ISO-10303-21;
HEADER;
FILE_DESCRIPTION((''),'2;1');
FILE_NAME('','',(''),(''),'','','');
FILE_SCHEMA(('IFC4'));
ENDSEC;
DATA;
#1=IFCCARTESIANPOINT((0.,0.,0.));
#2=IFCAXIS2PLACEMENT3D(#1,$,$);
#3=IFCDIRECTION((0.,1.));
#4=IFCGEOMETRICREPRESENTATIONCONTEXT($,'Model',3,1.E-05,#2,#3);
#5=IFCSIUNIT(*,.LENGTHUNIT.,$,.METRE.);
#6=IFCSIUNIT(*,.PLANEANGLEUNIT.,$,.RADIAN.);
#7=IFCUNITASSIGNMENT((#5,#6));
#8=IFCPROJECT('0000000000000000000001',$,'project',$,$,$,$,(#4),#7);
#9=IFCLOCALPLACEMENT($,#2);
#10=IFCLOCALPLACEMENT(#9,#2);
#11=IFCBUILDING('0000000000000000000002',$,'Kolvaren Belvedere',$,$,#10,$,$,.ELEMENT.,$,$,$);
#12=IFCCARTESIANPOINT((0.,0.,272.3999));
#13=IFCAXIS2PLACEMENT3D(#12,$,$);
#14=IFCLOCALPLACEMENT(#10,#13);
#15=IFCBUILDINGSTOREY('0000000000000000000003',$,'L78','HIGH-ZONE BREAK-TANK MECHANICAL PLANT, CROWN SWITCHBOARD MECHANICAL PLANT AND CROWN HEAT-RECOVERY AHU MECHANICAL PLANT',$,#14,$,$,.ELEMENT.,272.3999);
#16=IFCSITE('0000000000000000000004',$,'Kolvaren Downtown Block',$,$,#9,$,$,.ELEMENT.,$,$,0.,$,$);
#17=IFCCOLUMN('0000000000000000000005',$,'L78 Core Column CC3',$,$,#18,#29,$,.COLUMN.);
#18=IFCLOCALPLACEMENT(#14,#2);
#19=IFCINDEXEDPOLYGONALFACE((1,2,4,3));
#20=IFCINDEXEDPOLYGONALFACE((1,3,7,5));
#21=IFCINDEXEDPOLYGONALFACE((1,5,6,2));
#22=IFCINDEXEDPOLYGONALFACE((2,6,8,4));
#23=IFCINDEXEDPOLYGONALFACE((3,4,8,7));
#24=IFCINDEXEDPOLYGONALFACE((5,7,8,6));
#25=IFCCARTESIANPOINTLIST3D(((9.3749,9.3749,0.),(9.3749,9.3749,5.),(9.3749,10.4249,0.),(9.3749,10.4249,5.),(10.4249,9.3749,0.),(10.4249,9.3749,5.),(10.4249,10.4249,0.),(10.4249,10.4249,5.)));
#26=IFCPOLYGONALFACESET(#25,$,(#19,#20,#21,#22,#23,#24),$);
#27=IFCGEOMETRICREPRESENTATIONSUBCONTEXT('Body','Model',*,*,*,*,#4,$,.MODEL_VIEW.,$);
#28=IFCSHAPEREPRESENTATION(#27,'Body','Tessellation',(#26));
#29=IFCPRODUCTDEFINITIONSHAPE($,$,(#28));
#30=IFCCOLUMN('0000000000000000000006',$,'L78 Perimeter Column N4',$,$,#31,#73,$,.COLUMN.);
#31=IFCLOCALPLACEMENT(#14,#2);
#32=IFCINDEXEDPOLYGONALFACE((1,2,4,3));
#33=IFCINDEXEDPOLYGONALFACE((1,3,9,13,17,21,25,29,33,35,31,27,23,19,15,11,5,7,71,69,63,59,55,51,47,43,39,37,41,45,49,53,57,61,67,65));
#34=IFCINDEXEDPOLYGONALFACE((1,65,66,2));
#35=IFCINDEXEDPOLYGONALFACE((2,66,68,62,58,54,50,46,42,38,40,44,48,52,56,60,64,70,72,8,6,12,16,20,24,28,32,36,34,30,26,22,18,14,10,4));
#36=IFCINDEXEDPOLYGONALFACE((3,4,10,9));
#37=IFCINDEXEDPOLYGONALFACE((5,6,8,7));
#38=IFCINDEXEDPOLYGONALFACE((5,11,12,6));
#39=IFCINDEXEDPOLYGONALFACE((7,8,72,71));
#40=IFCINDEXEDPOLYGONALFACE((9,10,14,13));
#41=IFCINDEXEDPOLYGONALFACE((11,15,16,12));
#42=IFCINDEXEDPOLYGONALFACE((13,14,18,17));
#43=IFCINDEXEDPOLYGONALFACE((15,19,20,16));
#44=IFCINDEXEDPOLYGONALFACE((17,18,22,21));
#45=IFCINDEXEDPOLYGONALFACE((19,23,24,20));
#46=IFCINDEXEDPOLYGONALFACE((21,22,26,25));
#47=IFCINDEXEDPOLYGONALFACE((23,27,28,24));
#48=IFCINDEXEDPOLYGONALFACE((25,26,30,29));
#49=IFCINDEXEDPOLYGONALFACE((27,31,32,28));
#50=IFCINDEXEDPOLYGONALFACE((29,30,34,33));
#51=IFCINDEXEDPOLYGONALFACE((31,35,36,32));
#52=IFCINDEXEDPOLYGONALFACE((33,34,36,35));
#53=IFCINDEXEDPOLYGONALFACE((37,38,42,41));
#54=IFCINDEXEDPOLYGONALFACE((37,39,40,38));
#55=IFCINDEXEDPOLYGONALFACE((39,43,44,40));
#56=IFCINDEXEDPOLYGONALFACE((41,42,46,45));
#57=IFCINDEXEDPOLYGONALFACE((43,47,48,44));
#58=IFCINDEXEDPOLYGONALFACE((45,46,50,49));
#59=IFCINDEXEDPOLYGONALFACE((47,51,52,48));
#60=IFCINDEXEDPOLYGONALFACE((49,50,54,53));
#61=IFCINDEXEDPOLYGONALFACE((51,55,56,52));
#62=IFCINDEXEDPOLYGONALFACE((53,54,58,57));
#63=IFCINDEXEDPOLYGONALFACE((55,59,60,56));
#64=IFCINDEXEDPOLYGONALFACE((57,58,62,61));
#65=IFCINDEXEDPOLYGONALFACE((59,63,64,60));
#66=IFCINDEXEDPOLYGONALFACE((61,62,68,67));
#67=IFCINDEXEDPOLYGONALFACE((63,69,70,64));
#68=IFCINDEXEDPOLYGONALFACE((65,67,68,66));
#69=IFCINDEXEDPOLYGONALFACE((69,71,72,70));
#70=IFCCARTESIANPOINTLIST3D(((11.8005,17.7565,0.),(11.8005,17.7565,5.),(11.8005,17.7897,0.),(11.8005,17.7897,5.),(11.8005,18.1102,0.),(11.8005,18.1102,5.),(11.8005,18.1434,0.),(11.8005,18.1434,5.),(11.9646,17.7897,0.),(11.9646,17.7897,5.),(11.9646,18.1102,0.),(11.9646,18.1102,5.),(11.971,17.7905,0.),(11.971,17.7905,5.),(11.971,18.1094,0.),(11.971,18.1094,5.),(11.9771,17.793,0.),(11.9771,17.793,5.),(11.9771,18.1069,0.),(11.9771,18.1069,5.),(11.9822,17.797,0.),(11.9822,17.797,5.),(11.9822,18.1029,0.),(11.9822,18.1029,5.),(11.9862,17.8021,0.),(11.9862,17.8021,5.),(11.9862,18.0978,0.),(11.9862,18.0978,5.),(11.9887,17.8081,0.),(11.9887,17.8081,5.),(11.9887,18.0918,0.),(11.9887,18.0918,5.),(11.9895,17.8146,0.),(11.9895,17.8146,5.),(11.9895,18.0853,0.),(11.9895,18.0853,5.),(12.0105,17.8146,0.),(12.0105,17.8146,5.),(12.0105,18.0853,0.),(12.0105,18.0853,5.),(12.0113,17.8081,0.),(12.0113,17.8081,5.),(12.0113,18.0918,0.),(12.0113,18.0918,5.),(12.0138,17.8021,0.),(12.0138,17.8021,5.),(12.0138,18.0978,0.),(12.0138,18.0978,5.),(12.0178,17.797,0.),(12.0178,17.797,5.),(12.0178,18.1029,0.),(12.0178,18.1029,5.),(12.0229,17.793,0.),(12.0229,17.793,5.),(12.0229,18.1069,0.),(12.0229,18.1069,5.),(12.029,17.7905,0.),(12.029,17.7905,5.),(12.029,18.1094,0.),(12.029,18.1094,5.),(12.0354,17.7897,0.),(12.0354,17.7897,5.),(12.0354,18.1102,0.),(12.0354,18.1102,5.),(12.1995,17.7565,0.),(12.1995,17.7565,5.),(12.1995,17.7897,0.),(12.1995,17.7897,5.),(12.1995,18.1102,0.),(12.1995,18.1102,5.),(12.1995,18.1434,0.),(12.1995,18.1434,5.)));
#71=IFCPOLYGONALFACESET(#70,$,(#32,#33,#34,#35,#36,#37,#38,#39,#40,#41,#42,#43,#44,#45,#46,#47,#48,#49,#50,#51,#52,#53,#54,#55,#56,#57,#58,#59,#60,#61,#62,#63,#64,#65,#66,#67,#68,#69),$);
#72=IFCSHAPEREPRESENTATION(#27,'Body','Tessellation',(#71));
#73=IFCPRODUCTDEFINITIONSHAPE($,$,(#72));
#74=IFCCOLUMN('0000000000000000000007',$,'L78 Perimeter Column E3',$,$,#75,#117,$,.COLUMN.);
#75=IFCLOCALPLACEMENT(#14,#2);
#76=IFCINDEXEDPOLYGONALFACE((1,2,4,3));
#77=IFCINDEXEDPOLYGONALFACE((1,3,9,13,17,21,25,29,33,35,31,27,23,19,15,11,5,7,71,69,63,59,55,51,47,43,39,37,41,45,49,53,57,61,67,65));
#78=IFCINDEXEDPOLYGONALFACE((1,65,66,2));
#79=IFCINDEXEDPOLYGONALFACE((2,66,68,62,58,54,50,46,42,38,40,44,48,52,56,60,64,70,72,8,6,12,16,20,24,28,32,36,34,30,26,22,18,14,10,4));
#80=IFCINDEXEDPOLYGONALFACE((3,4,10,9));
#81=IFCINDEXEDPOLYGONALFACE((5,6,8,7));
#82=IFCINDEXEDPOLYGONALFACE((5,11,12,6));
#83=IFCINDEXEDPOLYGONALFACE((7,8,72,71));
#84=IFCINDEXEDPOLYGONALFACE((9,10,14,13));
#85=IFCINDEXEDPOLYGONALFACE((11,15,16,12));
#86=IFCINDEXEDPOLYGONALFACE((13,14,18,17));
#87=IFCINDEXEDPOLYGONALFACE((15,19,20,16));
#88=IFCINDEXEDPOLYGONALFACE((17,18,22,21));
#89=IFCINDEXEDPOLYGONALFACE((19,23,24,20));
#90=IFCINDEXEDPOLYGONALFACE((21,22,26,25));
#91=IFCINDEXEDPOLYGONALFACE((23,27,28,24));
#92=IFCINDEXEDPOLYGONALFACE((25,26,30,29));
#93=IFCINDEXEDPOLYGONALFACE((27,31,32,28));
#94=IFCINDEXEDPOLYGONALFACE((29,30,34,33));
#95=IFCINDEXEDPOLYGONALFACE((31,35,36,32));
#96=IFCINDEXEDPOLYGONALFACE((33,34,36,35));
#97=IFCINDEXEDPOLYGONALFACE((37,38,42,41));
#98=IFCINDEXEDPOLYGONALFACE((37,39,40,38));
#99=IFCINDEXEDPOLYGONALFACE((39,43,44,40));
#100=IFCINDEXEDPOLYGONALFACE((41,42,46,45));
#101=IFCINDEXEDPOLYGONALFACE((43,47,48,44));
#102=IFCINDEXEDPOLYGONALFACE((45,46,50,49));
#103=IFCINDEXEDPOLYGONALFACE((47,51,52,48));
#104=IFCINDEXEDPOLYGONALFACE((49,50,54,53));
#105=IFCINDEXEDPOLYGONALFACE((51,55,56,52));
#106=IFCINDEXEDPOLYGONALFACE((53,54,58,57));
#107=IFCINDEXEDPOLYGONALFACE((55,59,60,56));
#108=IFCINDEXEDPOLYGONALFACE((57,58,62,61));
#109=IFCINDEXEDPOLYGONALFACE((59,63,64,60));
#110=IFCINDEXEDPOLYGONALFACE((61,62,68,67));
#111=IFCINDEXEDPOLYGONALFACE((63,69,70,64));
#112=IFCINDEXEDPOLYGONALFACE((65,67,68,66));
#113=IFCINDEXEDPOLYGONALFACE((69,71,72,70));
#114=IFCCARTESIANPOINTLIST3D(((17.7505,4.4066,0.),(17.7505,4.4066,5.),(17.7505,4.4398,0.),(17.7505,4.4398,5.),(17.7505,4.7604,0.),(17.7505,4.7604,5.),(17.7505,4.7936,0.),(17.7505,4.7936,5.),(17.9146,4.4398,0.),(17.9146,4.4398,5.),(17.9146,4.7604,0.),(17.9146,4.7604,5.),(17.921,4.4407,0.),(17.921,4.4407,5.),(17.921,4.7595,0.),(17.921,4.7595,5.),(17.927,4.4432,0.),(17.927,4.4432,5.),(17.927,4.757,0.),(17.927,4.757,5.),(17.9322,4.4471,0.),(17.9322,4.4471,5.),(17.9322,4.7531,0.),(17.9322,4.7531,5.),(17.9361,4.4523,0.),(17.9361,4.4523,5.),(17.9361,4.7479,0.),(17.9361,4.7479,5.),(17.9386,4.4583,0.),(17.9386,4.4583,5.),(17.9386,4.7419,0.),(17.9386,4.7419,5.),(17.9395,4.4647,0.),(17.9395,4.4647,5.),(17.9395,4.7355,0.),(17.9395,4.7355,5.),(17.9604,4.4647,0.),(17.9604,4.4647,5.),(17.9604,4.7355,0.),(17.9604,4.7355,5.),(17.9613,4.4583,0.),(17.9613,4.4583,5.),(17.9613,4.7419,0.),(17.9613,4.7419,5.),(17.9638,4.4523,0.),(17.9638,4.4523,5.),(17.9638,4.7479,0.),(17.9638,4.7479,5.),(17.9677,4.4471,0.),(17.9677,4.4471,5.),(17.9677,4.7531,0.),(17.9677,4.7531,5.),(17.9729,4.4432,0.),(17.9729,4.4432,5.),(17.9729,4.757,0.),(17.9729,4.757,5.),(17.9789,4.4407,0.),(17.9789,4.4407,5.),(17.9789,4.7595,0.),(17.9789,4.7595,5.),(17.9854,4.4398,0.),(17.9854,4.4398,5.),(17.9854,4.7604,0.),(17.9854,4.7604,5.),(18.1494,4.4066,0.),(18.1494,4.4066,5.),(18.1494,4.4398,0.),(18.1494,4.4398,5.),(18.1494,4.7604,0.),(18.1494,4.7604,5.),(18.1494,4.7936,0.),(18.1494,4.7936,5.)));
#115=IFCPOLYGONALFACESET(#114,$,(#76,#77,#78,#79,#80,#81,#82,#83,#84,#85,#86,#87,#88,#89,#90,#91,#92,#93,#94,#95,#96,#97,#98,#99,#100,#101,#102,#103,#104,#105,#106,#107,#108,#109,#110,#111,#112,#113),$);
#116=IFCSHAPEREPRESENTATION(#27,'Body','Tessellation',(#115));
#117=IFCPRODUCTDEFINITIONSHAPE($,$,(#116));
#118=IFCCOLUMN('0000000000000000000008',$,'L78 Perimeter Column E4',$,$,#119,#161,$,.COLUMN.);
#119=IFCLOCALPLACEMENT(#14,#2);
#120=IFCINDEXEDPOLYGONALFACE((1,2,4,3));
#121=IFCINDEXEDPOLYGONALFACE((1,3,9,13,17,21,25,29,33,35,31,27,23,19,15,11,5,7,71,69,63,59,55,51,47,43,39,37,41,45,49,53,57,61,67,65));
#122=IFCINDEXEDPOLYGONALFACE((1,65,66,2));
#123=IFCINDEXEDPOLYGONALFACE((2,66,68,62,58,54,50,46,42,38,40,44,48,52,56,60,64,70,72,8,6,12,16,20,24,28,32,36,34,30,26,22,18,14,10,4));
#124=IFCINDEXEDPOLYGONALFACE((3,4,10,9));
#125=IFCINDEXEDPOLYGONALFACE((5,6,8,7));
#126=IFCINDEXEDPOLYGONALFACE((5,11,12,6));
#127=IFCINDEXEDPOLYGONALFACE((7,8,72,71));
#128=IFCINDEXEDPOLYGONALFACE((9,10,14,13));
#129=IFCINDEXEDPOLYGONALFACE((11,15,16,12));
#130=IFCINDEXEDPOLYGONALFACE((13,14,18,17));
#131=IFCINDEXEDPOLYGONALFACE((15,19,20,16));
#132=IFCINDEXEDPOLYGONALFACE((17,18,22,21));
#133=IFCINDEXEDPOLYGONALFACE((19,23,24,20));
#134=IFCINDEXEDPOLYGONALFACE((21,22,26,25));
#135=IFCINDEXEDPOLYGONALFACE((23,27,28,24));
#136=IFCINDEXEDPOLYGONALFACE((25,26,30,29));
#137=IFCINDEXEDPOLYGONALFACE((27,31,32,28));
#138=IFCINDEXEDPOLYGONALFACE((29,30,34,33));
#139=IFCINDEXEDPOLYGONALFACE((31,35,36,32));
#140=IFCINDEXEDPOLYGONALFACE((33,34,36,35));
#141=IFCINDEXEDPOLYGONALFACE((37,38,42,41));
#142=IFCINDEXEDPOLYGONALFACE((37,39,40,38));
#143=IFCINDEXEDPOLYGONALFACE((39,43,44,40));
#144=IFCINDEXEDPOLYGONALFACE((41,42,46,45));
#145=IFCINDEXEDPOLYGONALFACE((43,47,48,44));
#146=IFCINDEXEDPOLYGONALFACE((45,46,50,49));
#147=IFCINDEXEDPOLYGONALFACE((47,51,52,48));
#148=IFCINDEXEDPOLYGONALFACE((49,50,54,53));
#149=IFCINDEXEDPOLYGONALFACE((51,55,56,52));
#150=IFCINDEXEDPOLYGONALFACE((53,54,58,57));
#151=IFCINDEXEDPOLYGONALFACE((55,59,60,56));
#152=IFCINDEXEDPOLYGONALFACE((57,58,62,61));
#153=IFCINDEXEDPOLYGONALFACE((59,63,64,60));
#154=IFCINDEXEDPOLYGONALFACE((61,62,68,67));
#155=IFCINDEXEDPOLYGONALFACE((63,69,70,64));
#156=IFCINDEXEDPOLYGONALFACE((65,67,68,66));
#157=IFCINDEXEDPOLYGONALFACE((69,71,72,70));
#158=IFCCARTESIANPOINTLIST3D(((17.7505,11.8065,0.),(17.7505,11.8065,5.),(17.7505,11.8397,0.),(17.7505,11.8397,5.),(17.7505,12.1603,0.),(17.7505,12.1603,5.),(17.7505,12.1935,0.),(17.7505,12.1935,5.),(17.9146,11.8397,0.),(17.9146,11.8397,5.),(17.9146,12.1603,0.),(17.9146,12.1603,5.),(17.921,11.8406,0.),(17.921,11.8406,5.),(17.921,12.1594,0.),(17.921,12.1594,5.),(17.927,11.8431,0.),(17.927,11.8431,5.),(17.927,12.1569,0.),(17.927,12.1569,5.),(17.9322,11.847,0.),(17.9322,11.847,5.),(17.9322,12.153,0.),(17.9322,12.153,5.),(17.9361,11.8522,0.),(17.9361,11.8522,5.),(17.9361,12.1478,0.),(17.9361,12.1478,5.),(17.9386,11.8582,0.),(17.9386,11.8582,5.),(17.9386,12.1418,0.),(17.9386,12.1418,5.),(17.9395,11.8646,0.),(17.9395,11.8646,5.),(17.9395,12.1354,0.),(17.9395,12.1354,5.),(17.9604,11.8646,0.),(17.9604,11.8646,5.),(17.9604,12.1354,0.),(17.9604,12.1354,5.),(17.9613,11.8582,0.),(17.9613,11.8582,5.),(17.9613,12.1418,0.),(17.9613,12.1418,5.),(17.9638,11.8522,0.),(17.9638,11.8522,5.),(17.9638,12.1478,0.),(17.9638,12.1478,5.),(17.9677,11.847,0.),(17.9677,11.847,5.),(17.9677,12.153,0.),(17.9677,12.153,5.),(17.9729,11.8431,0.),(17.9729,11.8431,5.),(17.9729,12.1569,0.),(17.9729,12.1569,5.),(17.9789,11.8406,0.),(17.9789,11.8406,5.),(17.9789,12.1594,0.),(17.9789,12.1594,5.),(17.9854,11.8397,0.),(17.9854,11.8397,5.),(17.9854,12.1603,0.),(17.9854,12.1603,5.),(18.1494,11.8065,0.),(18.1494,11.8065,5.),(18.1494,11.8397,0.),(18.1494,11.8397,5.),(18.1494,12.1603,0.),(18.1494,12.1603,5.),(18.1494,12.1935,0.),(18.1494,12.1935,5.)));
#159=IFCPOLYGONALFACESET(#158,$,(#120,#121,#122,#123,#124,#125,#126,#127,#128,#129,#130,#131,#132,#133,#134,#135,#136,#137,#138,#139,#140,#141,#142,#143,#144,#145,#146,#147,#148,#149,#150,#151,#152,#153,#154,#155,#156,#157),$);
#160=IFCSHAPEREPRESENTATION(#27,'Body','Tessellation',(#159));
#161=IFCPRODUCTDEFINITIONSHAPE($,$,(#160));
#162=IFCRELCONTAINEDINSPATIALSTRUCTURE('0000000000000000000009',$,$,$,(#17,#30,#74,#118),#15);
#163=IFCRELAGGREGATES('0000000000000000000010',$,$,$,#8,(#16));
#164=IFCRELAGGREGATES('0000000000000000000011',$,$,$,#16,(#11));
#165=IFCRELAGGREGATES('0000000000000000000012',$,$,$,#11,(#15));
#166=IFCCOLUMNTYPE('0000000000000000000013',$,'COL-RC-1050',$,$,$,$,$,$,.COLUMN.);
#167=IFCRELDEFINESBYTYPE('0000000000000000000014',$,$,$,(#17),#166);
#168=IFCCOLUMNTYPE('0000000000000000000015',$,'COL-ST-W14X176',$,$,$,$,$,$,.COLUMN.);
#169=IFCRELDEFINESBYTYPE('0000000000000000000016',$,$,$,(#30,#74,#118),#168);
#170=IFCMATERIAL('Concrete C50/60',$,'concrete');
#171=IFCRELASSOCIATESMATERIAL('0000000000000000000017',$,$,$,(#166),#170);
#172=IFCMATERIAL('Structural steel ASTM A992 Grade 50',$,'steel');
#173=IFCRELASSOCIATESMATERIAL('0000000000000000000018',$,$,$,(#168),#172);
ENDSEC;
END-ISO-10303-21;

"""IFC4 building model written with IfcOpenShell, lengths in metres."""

from ifc_helpers import new_model, si_unit, direction, frame, origin, origin_2d, place, context, subcontext, project, spatial, rectangle, i_section, extrude, material, material_profile, profile_set, type_object, element, save


model = new_model("IFC4")

# Units and contexts
model_context = context("Model", 3, precision=1e-05, world=origin(), true_north=direction((0.0, 1.0)))
body_context = subcontext(model_context, "Body", "Model", "MODEL_VIEW")
ifc_project = project(units=[si_unit("LENGTHUNIT", "METRE"), si_unit("PLANEANGLEUNIT", "RADIAN")], contexts=[model_context])

# Site, building, storey
site_placement = place(None, origin())
site = spatial("IfcSite", under=ifc_project, at=site_placement, Name="Kolvaren Downtown Block", CompositionType="ELEMENT", RefElevation=0.0)
building_placement = place(site_placement, origin())
building = spatial("IfcBuilding", under=site, at=building_placement, Name="Kolvaren Belvedere", CompositionType="ELEMENT")
storey_placement = place(building_placement, frame((0.0, 0.0, 272.3999)))
storey = spatial("IfcBuildingStorey", under=building, at=storey_placement, Name="L78", Description="HIGH-ZONE BREAK-TANK MECHANICAL PLANT, CROWN SWITCHBOARD MECHANICAL PLANT AND CROWN HEAT-RECOVERY AHU MECHANICAL PLANT", CompositionType="ELEMENT", Elevation=272.3999)

# Columns
ifc_material_1 = material(Name="Concrete C50/60", Category="concrete")
ifc_material_profile_1 = material_profile(ifc_material_1, rectangle(XDim=1.05, YDim=1.05, at=origin_2d()), Name="RC 1050X1050")
ifc_profile_set_1 = profile_set([ifc_material_profile_1], Name="Concrete C50/60")
column_type_1 = type_object("IfcColumnType", Name="COL-RC-1050", PredefinedType="COLUMN", material=ifc_profile_set_1)
column_placement = place(storey_placement, frame((9.8999, 9.8999, 0.0), z_axis=(0.0, 0.0, 1.0), x_axis=(1.0, 0.0, 0.0)))
element("IfcColumn", 1, at=column_placement, inside=storey, type_object=column_type_1, Name="L78 Core Column CC3", PredefinedType="COLUMN", context=body_context, shape_type="SweptSolid", body=[
    extrude(rectangle(XDim=1.05, YDim=1.05, at=origin_2d()), origin(), (0.0, 0.0, 1.0), 5.0),
])
ifc_material_2 = material(Name="Structural steel ASTM A992 Grade 50", Category="steel")
ifc_material_profile_2 = material_profile(ifc_material_2, i_section(OverallWidth=0.3989, OverallDepth=0.387, WebThickness=0.021, FlangeThickness=0.0332, FilletRadius=0.0249, at=origin_2d()), Name="W14X176")
ifc_profile_set_2 = profile_set([ifc_material_profile_2], Name="Structural steel ASTM A992 Grade 50")
column_type_2 = type_object("IfcColumnType", Name="COL-ST-W14X176", PredefinedType="COLUMN", material=ifc_profile_set_2)
for number, where, z_axis, x_axis, name in (
    (2, (12.0, 17.95, 0.0), (0.0, 0.0, 1.0), (1.0, 0.0, 0.0), "L78 Perimeter Column N4"),
    (3, (17.95, 4.6001, 0.0), (0.0, 0.0, 1.0), (1.0, 0.0, 0.0), "L78 Perimeter Column E3"),
    (4, (17.95, 12.0, 0.0), (0.0, 0.0, 1.0), (1.0, 0.0, 0.0), "L78 Perimeter Column E4"),
):
    element("IfcColumn", number, at=place(storey_placement, frame(where, z_axis=z_axis, x_axis=x_axis)), inside=storey, type_object=column_type_2, Name=name, PredefinedType="COLUMN", context=body_context, shape_type="SweptSolid", body=[
        extrude(i_section(OverallWidth=0.3989, OverallDepth=0.387, WebThickness=0.021, FlangeThickness=0.0332, FilletRadius=0.0249, at=origin_2d()), origin(), (0.0, 0.0, 1.0), 5.0),
    ])

save(model, "model.ifc")
